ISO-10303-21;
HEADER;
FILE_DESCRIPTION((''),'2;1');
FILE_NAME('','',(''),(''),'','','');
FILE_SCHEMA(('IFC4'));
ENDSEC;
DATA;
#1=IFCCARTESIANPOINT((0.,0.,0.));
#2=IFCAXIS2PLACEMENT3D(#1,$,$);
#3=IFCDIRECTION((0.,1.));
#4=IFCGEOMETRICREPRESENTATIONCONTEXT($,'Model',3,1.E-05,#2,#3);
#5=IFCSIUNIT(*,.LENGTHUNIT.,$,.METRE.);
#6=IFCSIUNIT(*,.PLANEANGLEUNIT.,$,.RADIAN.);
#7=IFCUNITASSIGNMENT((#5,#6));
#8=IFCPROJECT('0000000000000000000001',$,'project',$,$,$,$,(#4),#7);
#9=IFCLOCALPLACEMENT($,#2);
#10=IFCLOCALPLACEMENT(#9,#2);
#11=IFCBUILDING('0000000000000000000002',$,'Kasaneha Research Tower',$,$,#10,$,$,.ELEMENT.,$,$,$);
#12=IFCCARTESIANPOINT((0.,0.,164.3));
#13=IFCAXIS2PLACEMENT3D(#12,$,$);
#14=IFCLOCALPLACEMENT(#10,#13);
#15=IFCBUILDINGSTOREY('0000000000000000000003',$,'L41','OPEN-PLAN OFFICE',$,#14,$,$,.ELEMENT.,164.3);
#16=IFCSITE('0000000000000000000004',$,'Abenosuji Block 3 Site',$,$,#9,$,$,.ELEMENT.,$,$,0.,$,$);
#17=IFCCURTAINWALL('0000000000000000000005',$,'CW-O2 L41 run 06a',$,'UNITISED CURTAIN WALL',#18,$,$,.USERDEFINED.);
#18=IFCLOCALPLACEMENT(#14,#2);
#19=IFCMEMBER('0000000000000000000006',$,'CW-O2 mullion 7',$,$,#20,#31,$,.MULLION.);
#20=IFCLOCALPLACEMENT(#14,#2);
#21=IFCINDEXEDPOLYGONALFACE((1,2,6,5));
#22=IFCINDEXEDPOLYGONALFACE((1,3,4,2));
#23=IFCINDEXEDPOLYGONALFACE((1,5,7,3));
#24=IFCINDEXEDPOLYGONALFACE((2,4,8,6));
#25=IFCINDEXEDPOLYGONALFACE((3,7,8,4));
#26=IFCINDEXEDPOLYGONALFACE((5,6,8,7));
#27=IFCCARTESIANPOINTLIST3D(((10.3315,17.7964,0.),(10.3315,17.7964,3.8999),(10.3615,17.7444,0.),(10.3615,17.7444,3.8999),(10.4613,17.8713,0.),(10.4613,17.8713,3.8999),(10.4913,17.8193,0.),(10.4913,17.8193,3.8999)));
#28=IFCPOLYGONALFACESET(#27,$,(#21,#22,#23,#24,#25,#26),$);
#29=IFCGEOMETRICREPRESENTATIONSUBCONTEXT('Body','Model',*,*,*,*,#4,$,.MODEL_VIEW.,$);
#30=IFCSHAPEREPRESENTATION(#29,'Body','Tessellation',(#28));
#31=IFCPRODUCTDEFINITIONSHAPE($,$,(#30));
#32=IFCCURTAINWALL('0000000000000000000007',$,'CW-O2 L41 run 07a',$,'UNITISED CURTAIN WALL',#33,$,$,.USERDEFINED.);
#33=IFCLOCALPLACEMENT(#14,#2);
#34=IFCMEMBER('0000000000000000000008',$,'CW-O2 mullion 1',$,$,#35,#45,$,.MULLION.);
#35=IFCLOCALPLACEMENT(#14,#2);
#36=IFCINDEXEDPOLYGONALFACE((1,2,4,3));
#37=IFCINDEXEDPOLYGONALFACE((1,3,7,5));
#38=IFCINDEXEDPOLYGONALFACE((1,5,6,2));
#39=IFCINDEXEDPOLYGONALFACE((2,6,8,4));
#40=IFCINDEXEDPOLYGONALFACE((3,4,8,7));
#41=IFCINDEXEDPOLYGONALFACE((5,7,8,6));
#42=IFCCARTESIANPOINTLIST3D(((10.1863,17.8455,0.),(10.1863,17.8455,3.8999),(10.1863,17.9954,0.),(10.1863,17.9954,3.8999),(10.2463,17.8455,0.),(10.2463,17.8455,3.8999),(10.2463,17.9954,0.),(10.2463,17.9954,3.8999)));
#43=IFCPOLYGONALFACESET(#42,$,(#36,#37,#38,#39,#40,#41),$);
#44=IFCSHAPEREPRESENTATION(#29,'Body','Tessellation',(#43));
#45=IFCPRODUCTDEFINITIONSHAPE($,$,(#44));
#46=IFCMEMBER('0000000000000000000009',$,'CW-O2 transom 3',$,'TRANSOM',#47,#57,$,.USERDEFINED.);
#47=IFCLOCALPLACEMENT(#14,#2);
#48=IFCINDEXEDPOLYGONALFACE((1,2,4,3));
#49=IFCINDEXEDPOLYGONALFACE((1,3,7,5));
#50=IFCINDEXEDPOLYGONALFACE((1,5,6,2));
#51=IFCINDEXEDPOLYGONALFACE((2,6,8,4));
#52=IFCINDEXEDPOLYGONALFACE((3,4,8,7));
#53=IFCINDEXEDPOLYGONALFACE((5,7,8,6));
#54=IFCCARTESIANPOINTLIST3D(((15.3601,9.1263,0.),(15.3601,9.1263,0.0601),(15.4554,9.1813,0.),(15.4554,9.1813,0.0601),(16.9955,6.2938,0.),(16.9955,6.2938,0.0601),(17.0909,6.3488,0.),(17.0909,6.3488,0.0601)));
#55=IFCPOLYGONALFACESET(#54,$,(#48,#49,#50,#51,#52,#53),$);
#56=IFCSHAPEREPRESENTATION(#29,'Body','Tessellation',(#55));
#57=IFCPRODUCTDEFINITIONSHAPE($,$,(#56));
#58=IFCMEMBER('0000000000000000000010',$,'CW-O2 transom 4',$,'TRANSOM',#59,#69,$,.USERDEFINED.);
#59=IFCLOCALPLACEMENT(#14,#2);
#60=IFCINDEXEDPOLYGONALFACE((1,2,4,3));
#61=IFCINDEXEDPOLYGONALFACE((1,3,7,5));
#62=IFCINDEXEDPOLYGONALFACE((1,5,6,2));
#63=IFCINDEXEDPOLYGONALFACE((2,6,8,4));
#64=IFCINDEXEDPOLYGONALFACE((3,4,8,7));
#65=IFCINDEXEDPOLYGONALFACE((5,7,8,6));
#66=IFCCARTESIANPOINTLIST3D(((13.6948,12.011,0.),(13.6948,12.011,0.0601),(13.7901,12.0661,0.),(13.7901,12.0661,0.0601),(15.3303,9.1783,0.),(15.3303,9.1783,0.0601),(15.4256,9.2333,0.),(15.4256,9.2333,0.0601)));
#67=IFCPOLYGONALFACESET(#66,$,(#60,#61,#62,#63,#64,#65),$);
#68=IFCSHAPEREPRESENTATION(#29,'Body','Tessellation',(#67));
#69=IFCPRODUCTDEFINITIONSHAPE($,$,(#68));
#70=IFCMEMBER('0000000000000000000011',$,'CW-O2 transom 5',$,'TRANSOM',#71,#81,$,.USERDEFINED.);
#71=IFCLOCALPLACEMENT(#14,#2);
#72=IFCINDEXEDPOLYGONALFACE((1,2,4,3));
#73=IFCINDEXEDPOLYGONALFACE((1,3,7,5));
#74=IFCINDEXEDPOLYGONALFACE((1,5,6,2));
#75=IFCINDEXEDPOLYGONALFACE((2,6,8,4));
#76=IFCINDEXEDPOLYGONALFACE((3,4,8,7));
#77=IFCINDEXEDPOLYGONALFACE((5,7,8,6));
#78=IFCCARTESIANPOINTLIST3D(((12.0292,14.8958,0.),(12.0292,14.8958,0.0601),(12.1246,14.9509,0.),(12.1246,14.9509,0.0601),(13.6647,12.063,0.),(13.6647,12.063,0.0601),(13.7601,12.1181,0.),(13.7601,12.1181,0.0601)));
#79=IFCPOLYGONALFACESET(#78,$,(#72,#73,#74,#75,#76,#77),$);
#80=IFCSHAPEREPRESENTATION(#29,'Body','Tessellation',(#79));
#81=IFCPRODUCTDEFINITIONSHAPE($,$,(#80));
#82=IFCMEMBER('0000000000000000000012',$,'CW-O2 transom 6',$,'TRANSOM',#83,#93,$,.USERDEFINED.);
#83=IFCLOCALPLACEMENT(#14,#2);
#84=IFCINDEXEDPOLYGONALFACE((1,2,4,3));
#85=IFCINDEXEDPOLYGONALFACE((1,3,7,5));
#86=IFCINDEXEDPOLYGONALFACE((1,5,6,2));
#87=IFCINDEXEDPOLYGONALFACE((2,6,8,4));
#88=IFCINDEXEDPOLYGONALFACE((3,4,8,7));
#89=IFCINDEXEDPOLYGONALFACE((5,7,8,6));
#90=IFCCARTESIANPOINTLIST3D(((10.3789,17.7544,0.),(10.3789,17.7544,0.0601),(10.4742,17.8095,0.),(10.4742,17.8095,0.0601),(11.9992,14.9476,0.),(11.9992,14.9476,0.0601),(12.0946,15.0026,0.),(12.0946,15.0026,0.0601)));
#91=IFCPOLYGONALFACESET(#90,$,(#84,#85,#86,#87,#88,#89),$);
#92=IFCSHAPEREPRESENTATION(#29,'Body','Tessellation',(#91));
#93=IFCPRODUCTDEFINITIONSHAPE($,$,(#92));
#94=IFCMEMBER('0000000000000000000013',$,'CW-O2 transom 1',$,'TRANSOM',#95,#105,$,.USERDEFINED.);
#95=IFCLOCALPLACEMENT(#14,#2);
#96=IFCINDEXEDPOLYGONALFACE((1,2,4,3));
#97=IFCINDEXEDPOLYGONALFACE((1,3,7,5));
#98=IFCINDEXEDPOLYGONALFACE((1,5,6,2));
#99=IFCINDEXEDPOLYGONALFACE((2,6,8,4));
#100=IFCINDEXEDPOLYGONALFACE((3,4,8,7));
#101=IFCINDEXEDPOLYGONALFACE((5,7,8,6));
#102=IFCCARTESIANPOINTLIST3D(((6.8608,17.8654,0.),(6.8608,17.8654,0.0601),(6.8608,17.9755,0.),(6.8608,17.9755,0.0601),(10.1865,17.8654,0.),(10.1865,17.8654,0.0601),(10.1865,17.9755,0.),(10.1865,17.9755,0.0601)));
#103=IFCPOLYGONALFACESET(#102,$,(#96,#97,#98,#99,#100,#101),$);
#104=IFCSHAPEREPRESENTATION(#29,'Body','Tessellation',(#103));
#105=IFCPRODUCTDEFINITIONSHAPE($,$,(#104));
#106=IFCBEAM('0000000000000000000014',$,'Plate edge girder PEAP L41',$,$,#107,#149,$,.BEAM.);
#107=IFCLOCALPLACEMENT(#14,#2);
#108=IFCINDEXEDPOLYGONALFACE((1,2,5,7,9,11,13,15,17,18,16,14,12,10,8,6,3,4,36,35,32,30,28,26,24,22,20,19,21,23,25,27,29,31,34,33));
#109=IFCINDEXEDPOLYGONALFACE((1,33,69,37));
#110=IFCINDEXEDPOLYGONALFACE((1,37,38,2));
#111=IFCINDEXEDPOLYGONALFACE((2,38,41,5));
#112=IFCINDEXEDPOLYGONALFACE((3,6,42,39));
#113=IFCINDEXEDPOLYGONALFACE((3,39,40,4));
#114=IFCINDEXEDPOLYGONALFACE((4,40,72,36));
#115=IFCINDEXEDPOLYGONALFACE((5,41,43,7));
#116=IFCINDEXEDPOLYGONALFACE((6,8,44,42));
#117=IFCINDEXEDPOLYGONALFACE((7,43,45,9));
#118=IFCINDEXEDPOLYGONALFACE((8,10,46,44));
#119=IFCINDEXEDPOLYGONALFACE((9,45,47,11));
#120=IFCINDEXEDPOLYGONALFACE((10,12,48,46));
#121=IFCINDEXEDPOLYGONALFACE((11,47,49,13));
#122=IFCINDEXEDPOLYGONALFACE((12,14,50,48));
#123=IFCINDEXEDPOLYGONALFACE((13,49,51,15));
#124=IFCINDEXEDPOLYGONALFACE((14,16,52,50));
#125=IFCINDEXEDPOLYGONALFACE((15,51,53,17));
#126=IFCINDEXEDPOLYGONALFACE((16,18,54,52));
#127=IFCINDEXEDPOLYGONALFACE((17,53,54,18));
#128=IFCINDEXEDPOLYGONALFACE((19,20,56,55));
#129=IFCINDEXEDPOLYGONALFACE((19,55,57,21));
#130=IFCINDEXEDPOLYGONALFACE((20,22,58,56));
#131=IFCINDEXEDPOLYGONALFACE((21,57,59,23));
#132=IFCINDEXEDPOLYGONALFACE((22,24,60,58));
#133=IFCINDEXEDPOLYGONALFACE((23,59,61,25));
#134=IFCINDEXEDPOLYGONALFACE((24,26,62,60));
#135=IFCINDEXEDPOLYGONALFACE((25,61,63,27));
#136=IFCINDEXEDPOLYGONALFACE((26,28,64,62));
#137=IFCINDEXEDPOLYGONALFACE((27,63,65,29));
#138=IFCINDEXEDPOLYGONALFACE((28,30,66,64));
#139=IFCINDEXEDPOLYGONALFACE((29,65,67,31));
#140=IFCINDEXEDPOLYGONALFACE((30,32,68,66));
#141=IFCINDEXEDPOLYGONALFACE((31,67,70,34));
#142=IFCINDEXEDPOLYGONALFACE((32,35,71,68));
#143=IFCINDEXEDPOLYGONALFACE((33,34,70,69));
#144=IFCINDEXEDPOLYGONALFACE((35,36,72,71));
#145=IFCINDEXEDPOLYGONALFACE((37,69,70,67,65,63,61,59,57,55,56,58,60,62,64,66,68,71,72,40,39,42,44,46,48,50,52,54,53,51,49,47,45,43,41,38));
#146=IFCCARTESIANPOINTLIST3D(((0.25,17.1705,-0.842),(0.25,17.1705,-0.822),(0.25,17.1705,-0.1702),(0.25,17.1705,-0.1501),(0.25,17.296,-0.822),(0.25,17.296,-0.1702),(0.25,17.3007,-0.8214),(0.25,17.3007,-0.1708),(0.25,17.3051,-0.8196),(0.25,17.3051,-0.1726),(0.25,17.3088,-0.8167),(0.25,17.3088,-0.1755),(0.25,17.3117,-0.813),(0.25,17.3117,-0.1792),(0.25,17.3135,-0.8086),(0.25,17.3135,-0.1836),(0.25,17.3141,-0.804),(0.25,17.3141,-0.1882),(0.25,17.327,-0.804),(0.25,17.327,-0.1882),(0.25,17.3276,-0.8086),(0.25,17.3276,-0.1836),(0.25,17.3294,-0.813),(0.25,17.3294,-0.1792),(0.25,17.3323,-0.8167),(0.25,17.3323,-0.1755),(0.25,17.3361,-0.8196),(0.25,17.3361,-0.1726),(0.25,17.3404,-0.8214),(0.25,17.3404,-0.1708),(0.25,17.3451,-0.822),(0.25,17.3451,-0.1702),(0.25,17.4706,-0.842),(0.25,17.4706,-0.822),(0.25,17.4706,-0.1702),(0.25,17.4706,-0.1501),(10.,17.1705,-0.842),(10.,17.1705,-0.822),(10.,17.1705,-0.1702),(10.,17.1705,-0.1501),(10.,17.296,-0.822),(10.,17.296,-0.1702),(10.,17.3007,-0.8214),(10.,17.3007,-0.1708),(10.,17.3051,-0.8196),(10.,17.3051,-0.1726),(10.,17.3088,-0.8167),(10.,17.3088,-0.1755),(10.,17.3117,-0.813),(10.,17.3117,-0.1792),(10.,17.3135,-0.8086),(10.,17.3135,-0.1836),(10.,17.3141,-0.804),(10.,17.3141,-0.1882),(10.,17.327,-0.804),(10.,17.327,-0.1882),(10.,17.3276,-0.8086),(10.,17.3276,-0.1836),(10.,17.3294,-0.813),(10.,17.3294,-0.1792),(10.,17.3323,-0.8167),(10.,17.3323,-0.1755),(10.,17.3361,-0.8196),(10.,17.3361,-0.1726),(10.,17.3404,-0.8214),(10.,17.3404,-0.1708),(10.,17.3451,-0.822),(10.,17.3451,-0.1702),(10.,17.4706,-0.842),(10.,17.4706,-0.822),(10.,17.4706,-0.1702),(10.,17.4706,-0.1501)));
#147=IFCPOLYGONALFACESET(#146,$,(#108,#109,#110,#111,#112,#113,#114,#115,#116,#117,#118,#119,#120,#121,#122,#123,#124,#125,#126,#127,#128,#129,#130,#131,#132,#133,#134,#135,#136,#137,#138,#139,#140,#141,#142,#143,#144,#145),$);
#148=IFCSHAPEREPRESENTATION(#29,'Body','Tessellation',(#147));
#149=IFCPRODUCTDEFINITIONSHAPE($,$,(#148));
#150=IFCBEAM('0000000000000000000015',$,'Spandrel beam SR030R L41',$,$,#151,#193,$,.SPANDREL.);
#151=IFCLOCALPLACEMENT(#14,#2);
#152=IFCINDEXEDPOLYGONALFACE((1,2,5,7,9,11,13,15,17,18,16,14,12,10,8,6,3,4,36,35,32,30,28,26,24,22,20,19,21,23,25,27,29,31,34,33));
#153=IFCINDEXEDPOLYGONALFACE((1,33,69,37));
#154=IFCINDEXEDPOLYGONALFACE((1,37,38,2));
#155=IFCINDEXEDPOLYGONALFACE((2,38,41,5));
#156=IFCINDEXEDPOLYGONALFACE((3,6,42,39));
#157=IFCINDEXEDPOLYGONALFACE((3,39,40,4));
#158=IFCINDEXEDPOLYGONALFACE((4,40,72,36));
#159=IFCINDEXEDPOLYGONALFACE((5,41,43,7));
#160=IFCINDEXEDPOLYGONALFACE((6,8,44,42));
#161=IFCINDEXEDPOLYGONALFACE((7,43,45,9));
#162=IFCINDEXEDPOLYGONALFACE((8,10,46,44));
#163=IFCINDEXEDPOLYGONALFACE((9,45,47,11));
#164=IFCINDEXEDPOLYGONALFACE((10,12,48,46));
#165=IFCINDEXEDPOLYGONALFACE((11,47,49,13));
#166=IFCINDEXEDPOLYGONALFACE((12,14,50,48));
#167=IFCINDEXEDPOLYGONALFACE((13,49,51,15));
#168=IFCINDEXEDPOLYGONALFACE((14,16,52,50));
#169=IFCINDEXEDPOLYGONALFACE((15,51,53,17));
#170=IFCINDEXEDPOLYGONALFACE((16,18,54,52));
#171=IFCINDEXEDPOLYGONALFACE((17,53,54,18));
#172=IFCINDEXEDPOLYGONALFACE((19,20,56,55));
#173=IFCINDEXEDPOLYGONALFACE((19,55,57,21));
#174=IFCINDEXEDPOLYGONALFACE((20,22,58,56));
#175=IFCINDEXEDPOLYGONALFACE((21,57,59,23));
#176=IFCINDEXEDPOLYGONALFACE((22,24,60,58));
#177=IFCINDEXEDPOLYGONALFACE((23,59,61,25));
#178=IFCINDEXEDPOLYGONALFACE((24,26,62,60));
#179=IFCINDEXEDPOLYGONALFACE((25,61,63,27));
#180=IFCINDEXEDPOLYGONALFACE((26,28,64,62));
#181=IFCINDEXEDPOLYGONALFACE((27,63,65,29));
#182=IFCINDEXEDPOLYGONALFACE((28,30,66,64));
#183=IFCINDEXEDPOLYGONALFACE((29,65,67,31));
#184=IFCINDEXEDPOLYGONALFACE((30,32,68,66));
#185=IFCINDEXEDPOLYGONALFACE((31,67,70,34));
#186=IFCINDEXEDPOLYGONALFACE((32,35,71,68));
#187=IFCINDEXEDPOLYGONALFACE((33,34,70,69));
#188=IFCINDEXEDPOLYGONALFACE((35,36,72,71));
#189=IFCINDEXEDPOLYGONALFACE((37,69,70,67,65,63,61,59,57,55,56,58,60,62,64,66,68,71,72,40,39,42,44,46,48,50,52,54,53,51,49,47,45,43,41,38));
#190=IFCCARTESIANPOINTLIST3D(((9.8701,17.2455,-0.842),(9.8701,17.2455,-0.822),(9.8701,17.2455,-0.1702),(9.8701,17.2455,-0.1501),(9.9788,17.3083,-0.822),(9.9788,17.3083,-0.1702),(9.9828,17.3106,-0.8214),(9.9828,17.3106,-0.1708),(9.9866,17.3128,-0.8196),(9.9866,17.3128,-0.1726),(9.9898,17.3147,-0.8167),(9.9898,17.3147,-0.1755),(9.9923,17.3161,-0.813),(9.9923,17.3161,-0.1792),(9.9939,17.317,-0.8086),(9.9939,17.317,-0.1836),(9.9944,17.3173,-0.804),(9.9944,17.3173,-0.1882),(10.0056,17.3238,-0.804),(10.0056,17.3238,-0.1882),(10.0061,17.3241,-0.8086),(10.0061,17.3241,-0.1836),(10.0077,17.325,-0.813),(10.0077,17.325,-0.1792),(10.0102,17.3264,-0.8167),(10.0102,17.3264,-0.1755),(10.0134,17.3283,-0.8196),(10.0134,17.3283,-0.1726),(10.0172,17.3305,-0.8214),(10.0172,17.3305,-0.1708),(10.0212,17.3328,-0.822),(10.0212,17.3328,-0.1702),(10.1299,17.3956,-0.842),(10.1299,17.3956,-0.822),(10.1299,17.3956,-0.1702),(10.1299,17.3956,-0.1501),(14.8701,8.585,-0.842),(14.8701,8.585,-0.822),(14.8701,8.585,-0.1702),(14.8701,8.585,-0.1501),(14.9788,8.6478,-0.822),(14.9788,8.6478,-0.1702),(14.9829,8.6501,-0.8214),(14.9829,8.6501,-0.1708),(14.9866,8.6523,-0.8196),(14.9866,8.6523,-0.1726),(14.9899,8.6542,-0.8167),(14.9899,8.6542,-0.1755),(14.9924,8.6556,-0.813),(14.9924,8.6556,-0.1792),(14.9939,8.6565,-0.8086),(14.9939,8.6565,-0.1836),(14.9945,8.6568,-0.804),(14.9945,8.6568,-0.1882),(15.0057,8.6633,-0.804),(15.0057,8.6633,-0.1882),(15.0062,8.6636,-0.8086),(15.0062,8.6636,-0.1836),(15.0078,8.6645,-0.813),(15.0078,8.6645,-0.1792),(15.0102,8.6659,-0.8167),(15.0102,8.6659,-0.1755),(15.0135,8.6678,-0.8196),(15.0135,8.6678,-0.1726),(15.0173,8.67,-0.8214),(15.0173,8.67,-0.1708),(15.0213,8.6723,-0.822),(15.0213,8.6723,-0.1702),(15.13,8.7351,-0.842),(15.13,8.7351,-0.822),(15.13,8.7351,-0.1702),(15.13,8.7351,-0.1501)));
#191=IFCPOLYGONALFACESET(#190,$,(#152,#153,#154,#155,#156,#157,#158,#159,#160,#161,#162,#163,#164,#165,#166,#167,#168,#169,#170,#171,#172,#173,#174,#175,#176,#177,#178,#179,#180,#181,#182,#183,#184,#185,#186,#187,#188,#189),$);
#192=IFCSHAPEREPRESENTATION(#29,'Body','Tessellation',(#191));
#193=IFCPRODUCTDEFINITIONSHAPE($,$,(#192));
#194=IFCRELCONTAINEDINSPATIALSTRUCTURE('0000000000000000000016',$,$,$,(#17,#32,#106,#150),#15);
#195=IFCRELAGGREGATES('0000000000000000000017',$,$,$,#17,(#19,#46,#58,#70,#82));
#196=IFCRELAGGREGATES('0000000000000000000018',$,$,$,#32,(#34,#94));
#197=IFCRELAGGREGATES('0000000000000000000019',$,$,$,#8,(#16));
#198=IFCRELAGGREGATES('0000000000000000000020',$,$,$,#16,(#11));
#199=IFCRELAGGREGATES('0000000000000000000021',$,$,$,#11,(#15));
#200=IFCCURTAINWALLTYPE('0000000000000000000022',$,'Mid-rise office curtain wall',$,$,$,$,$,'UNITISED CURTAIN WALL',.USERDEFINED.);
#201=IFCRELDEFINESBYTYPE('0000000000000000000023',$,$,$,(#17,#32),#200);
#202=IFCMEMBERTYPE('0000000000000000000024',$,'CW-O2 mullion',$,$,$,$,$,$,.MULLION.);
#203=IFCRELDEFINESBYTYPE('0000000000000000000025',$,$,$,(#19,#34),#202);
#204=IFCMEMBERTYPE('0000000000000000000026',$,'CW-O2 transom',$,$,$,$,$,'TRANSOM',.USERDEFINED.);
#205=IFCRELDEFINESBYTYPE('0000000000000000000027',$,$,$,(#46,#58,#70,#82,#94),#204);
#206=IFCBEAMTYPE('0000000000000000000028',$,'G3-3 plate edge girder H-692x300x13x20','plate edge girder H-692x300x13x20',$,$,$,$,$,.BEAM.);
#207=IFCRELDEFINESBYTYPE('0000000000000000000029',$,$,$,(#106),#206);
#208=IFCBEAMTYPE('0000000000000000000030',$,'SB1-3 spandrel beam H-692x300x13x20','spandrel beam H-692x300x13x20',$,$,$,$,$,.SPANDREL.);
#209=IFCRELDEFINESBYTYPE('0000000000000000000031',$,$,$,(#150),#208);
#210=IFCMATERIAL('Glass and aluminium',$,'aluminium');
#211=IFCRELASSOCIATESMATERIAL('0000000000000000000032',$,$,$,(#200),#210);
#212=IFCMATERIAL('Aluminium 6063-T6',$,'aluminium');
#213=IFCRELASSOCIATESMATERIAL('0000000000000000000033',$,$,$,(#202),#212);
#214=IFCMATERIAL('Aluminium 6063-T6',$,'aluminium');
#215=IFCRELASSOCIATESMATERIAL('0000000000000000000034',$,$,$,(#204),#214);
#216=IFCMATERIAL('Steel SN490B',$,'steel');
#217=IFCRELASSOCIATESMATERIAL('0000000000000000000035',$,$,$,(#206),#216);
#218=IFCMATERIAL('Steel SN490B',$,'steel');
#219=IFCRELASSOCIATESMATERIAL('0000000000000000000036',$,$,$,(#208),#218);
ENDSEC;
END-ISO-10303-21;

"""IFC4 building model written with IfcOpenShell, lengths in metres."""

from ifc_helpers import new_model, si_unit, direction, frame, origin, origin_2d, place, context, subcontext, project, spatial, rectangle, i_section, extrude, material, material_profile, profile_set, type_object, element, aggregate, save


model = new_model("IFC4")

# Units and contexts
model_context = context("Model", 3, precision=1e-05, world=origin(), true_north=direction((0.0, 1.0)))
body_context = subcontext(model_context, "Body", "Model", "MODEL_VIEW")
ifc_project = project(units=[si_unit("LENGTHUNIT", "METRE"), si_unit("PLANEANGLEUNIT", "RADIAN")], contexts=[model_context])

# Site, building, storey
site_placement = place(None, origin())
site = spatial("IfcSite", under=ifc_project, at=site_placement, Name="Abenosuji Block 3 Site", CompositionType="ELEMENT", RefElevation=0.0)
building_placement = place(site_placement, origin())
building = spatial("IfcBuilding", under=site, at=building_placement, Name="Kasaneha Research Tower", CompositionType="ELEMENT")
storey_placement = place(building_placement, frame((0.0, 0.0, 164.3)))
storey = spatial("IfcBuildingStorey", under=building, at=storey_placement, Name="L41", Description="OPEN-PLAN OFFICE", CompositionType="ELEMENT", Elevation=164.3)

# Curtain wall, member
ifc_material_1 = material(Name="Glass and aluminium", Category="aluminium")
curtain_wall_type = type_object("IfcCurtainWallType", Name="Mid-rise office curtain wall", ElementType="UNITISED CURTAIN WALL", PredefinedType="USERDEFINED", material=ifc_material_1)
curtain_wall_1_placement = place(storey_placement, origin())
curtain_wall_1 = element("IfcCurtainWall", 1, at=curtain_wall_1_placement, inside=storey, type_object=curtain_wall_type, Name="CW-O2 L41 run 06a", ObjectType="UNITISED CURTAIN WALL", PredefinedType="USERDEFINED")
ifc_material_2 = material(Name="Aluminium 6063-T6", Category="aluminium")
ifc_material_profile_1 = material_profile(ifc_material_2, rectangle(XDim=0.0601, YDim=0.1499, at=origin_2d()), Name="CW-O2 mullion 60x150")
ifc_profile_set_1 = profile_set([ifc_material_profile_1], Name="Aluminium 6063-T6")
member_type_1 = type_object("IfcMemberType", Name="CW-O2 mullion", PredefinedType="MULLION", material=ifc_profile_set_1)
member_1_placement = place(storey_placement, frame((10.4114, 17.8079, 0.0), z_axis=(0.0, 0.0, 1.0), x_axis=(-0.5, 0.866025, 0.0)))
member_1 = element("IfcMember", 2, at=member_1_placement, type_object=member_type_1, Name="CW-O2 mullion 7", PredefinedType="MULLION", context=body_context, shape_type="SweptSolid", body=[
    extrude(rectangle(XDim=0.0601, YDim=0.1499, at=origin_2d()), origin(), (0.0, 0.0, 1.0), 3.8999),
])

# Curtain wall, member
curtain_wall_2_placement = place(storey_placement, origin())
curtain_wall_2 = element("IfcCurtainWall", 3, at=curtain_wall_2_placement, inside=storey, type_object=curtain_wall_type, Name="CW-O2 L41 run 07a", ObjectType="UNITISED CURTAIN WALL", PredefinedType="USERDEFINED")
member_2_placement = place(storey_placement, frame((10.2163, 17.9204, 0.0), z_axis=(0.0, 0.0, 1.0), x_axis=(-1.0, 0.0, 0.0)))
member_2 = element("IfcMember", 4, at=member_2_placement, type_object=member_type_1, Name="CW-O2 mullion 1", PredefinedType="MULLION", context=body_context, shape_type="SweptSolid", body=[
    extrude(rectangle(XDim=0.0601, YDim=0.1499, at=origin_2d()), origin(), (0.0, 0.0, 1.0), 3.8999),
])

# Members
ifc_material_3 = material(Name="Aluminium 6063-T6", Category="aluminium")
ifc_material_profile_2 = material_profile(ifc_material_3, rectangle(XDim=0.1101, YDim=0.0601, at=origin_2d()), Name="CW-O2 transom 110x60")
ifc_profile_set_2 = profile_set([ifc_material_profile_2], Name="Aluminium 6063-T6")
member_type_2 = type_object("IfcMemberType", Name="CW-O2 transom", ElementType="TRANSOM", PredefinedType="USERDEFINED", material=ifc_profile_set_2)
member_3_placement = place(storey_placement, frame((17.0432, 6.3213, 0.03), z_axis=(-0.500033, 0.866007, 0.0), x_axis=(-0.866007, -0.500033, 0.0)))
member_3 = element("IfcMember", 5, at=member_3_placement, type_object=member_type_2, Name="CW-O2 transom 3", ObjectType="TRANSOM", PredefinedType="USERDEFINED", context=body_context, shape_type="SweptSolid", body=[
    extrude(rectangle(XDim=0.1101, YDim=0.0601, at=origin_2d()), origin(), (0.0, 0.0, 1.0), 3.2708),
])
member_4_placement = place(storey_placement, frame((15.3779, 9.2058, 0.03), z_axis=(-0.5, 0.866025, 0.0), x_axis=(-0.866025, -0.5, 0.0)))
member_4 = element("IfcMember", 6, at=member_4_placement, type_object=member_type_2, Name="CW-O2 transom 4", ObjectType="TRANSOM", PredefinedType="USERDEFINED", context=body_context, shape_type="SweptSolid", body=[
    extrude(rectangle(XDim=0.1101, YDim=0.0601, at=origin_2d()), origin(), (0.0, 0.0, 1.0), 3.271),
])
member_5_placement = place(storey_placement, frame((13.7124, 12.0906, 0.03), z_axis=(-0.5, 0.866025, 0.0), x_axis=(-0.866025, -0.5, 0.0)))
member_5 = element("IfcMember", 7, at=member_5_placement, type_object=member_type_2, Name="CW-O2 transom 5", ObjectType="TRANSOM", PredefinedType="USERDEFINED", context=body_context, shape_type="SweptSolid", body=[
    extrude(rectangle(XDim=0.1101, YDim=0.0601, at=origin_2d()), origin(), (0.0, 0.0, 1.0), 3.271),
])
member_6_placement = place(storey_placement, frame((12.0469, 14.9751, 0.03), z_axis=(-0.499955, 0.866051, 0.0), x_axis=(-0.866051, -0.499955, 0.0)))
member_6 = element("IfcMember", 8, at=member_6_placement, type_object=member_type_2, Name="CW-O2 transom 6", ObjectType="TRANSOM", PredefinedType="USERDEFINED", context=body_context, shape_type="SweptSolid", body=[
    extrude(rectangle(XDim=0.1101, YDim=0.0601, at=origin_2d()), origin(), (0.0, 0.0, 1.0), 3.241),
])
member_7_placement = place(storey_placement, frame((10.1865, 17.9204, 0.03), z_axis=(-1.0, 0.0, 0.0), x_axis=(0.0, -1.0, 0.0)))
member_7 = element("IfcMember", 9, at=member_7_placement, type_object=member_type_2, Name="CW-O2 transom 1", ObjectType="TRANSOM", PredefinedType="USERDEFINED", context=body_context, shape_type="SweptSolid", body=[
    extrude(rectangle(XDim=0.1101, YDim=0.0601, at=origin_2d()), origin(), (0.0, 0.0, 1.0), 3.3257),
])

# Beams
ifc_material_4 = material(Name="Steel SN490B", Category="steel")
ifc_material_profile_3 = material_profile(ifc_material_4, i_section(OverallWidth=0.3, OverallDepth=0.6919, WebThickness=0.0129, FlangeThickness=0.02, FilletRadius=0.0181, at=origin_2d()), Name="H-692x300x13x20")
ifc_profile_set_3 = profile_set([ifc_material_profile_3], Name="Steel SN490B")
beam_type_1 = type_object("IfcBeamType", Name="G3-3 plate edge girder H-692x300x13x20", Description="plate edge girder H-692x300x13x20", PredefinedType="BEAM", material=ifc_profile_set_3)
beam_1_placement = place(storey_placement, frame((10.0, 17.3206, -0.4961), z_axis=(-1.0, 0.0, 0.0), x_axis=(0.0, -1.0, 0.0)))
element("IfcBeam", 10, at=beam_1_placement, inside=storey, type_object=beam_type_1, Name="Plate edge girder PEAP L41", PredefinedType="BEAM", context=body_context, shape_type="SweptSolid", body=[
    extrude(i_section(OverallWidth=0.3, OverallDepth=0.6919, WebThickness=0.0129, FlangeThickness=0.02, FilletRadius=0.0181, at=origin_2d()), origin(), (0.0, 0.0, 1.0), 9.75),
])
ifc_material_5 = material(Name="Steel SN490B", Category="steel")
ifc_material_profile_4 = material_profile(ifc_material_5, i_section(OverallWidth=0.3, OverallDepth=0.6919, WebThickness=0.0129, FlangeThickness=0.02, FilletRadius=0.0181, at=origin_2d()), Name="H-692x300x13x20")
ifc_profile_set_4 = profile_set([ifc_material_profile_4], Name="Steel SN490B")
beam_type_2 = type_object("IfcBeamType", Name="SB1-3 spandrel beam H-692x300x13x20", Description="spandrel beam H-692x300x13x20", PredefinedType="SPANDREL", material=ifc_profile_set_4)
beam_2_placement = place(storey_placement, frame((10.0, 17.3206, -0.4961), z_axis=(0.499994, -0.866029, 0.0), x_axis=(0.866029, 0.499994, 0.0)))
element("IfcBeam", 11, at=beam_2_placement, inside=storey, type_object=beam_type_2, Name="Spandrel beam SR030R L41", PredefinedType="SPANDREL", context=body_context, shape_type="SweptSolid", body=[
    extrude(i_section(OverallWidth=0.3, OverallDepth=0.6919, WebThickness=0.0129, FlangeThickness=0.02, FilletRadius=0.0181, at=origin_2d()), origin(), (0.0, 0.0, 1.0), 10.0002),
])

aggregate(curtain_wall_1, [member_1, member_3, member_4, member_5, member_6])
aggregate(curtain_wall_2, [member_2, member_7])

save(model, "model.ifc")
